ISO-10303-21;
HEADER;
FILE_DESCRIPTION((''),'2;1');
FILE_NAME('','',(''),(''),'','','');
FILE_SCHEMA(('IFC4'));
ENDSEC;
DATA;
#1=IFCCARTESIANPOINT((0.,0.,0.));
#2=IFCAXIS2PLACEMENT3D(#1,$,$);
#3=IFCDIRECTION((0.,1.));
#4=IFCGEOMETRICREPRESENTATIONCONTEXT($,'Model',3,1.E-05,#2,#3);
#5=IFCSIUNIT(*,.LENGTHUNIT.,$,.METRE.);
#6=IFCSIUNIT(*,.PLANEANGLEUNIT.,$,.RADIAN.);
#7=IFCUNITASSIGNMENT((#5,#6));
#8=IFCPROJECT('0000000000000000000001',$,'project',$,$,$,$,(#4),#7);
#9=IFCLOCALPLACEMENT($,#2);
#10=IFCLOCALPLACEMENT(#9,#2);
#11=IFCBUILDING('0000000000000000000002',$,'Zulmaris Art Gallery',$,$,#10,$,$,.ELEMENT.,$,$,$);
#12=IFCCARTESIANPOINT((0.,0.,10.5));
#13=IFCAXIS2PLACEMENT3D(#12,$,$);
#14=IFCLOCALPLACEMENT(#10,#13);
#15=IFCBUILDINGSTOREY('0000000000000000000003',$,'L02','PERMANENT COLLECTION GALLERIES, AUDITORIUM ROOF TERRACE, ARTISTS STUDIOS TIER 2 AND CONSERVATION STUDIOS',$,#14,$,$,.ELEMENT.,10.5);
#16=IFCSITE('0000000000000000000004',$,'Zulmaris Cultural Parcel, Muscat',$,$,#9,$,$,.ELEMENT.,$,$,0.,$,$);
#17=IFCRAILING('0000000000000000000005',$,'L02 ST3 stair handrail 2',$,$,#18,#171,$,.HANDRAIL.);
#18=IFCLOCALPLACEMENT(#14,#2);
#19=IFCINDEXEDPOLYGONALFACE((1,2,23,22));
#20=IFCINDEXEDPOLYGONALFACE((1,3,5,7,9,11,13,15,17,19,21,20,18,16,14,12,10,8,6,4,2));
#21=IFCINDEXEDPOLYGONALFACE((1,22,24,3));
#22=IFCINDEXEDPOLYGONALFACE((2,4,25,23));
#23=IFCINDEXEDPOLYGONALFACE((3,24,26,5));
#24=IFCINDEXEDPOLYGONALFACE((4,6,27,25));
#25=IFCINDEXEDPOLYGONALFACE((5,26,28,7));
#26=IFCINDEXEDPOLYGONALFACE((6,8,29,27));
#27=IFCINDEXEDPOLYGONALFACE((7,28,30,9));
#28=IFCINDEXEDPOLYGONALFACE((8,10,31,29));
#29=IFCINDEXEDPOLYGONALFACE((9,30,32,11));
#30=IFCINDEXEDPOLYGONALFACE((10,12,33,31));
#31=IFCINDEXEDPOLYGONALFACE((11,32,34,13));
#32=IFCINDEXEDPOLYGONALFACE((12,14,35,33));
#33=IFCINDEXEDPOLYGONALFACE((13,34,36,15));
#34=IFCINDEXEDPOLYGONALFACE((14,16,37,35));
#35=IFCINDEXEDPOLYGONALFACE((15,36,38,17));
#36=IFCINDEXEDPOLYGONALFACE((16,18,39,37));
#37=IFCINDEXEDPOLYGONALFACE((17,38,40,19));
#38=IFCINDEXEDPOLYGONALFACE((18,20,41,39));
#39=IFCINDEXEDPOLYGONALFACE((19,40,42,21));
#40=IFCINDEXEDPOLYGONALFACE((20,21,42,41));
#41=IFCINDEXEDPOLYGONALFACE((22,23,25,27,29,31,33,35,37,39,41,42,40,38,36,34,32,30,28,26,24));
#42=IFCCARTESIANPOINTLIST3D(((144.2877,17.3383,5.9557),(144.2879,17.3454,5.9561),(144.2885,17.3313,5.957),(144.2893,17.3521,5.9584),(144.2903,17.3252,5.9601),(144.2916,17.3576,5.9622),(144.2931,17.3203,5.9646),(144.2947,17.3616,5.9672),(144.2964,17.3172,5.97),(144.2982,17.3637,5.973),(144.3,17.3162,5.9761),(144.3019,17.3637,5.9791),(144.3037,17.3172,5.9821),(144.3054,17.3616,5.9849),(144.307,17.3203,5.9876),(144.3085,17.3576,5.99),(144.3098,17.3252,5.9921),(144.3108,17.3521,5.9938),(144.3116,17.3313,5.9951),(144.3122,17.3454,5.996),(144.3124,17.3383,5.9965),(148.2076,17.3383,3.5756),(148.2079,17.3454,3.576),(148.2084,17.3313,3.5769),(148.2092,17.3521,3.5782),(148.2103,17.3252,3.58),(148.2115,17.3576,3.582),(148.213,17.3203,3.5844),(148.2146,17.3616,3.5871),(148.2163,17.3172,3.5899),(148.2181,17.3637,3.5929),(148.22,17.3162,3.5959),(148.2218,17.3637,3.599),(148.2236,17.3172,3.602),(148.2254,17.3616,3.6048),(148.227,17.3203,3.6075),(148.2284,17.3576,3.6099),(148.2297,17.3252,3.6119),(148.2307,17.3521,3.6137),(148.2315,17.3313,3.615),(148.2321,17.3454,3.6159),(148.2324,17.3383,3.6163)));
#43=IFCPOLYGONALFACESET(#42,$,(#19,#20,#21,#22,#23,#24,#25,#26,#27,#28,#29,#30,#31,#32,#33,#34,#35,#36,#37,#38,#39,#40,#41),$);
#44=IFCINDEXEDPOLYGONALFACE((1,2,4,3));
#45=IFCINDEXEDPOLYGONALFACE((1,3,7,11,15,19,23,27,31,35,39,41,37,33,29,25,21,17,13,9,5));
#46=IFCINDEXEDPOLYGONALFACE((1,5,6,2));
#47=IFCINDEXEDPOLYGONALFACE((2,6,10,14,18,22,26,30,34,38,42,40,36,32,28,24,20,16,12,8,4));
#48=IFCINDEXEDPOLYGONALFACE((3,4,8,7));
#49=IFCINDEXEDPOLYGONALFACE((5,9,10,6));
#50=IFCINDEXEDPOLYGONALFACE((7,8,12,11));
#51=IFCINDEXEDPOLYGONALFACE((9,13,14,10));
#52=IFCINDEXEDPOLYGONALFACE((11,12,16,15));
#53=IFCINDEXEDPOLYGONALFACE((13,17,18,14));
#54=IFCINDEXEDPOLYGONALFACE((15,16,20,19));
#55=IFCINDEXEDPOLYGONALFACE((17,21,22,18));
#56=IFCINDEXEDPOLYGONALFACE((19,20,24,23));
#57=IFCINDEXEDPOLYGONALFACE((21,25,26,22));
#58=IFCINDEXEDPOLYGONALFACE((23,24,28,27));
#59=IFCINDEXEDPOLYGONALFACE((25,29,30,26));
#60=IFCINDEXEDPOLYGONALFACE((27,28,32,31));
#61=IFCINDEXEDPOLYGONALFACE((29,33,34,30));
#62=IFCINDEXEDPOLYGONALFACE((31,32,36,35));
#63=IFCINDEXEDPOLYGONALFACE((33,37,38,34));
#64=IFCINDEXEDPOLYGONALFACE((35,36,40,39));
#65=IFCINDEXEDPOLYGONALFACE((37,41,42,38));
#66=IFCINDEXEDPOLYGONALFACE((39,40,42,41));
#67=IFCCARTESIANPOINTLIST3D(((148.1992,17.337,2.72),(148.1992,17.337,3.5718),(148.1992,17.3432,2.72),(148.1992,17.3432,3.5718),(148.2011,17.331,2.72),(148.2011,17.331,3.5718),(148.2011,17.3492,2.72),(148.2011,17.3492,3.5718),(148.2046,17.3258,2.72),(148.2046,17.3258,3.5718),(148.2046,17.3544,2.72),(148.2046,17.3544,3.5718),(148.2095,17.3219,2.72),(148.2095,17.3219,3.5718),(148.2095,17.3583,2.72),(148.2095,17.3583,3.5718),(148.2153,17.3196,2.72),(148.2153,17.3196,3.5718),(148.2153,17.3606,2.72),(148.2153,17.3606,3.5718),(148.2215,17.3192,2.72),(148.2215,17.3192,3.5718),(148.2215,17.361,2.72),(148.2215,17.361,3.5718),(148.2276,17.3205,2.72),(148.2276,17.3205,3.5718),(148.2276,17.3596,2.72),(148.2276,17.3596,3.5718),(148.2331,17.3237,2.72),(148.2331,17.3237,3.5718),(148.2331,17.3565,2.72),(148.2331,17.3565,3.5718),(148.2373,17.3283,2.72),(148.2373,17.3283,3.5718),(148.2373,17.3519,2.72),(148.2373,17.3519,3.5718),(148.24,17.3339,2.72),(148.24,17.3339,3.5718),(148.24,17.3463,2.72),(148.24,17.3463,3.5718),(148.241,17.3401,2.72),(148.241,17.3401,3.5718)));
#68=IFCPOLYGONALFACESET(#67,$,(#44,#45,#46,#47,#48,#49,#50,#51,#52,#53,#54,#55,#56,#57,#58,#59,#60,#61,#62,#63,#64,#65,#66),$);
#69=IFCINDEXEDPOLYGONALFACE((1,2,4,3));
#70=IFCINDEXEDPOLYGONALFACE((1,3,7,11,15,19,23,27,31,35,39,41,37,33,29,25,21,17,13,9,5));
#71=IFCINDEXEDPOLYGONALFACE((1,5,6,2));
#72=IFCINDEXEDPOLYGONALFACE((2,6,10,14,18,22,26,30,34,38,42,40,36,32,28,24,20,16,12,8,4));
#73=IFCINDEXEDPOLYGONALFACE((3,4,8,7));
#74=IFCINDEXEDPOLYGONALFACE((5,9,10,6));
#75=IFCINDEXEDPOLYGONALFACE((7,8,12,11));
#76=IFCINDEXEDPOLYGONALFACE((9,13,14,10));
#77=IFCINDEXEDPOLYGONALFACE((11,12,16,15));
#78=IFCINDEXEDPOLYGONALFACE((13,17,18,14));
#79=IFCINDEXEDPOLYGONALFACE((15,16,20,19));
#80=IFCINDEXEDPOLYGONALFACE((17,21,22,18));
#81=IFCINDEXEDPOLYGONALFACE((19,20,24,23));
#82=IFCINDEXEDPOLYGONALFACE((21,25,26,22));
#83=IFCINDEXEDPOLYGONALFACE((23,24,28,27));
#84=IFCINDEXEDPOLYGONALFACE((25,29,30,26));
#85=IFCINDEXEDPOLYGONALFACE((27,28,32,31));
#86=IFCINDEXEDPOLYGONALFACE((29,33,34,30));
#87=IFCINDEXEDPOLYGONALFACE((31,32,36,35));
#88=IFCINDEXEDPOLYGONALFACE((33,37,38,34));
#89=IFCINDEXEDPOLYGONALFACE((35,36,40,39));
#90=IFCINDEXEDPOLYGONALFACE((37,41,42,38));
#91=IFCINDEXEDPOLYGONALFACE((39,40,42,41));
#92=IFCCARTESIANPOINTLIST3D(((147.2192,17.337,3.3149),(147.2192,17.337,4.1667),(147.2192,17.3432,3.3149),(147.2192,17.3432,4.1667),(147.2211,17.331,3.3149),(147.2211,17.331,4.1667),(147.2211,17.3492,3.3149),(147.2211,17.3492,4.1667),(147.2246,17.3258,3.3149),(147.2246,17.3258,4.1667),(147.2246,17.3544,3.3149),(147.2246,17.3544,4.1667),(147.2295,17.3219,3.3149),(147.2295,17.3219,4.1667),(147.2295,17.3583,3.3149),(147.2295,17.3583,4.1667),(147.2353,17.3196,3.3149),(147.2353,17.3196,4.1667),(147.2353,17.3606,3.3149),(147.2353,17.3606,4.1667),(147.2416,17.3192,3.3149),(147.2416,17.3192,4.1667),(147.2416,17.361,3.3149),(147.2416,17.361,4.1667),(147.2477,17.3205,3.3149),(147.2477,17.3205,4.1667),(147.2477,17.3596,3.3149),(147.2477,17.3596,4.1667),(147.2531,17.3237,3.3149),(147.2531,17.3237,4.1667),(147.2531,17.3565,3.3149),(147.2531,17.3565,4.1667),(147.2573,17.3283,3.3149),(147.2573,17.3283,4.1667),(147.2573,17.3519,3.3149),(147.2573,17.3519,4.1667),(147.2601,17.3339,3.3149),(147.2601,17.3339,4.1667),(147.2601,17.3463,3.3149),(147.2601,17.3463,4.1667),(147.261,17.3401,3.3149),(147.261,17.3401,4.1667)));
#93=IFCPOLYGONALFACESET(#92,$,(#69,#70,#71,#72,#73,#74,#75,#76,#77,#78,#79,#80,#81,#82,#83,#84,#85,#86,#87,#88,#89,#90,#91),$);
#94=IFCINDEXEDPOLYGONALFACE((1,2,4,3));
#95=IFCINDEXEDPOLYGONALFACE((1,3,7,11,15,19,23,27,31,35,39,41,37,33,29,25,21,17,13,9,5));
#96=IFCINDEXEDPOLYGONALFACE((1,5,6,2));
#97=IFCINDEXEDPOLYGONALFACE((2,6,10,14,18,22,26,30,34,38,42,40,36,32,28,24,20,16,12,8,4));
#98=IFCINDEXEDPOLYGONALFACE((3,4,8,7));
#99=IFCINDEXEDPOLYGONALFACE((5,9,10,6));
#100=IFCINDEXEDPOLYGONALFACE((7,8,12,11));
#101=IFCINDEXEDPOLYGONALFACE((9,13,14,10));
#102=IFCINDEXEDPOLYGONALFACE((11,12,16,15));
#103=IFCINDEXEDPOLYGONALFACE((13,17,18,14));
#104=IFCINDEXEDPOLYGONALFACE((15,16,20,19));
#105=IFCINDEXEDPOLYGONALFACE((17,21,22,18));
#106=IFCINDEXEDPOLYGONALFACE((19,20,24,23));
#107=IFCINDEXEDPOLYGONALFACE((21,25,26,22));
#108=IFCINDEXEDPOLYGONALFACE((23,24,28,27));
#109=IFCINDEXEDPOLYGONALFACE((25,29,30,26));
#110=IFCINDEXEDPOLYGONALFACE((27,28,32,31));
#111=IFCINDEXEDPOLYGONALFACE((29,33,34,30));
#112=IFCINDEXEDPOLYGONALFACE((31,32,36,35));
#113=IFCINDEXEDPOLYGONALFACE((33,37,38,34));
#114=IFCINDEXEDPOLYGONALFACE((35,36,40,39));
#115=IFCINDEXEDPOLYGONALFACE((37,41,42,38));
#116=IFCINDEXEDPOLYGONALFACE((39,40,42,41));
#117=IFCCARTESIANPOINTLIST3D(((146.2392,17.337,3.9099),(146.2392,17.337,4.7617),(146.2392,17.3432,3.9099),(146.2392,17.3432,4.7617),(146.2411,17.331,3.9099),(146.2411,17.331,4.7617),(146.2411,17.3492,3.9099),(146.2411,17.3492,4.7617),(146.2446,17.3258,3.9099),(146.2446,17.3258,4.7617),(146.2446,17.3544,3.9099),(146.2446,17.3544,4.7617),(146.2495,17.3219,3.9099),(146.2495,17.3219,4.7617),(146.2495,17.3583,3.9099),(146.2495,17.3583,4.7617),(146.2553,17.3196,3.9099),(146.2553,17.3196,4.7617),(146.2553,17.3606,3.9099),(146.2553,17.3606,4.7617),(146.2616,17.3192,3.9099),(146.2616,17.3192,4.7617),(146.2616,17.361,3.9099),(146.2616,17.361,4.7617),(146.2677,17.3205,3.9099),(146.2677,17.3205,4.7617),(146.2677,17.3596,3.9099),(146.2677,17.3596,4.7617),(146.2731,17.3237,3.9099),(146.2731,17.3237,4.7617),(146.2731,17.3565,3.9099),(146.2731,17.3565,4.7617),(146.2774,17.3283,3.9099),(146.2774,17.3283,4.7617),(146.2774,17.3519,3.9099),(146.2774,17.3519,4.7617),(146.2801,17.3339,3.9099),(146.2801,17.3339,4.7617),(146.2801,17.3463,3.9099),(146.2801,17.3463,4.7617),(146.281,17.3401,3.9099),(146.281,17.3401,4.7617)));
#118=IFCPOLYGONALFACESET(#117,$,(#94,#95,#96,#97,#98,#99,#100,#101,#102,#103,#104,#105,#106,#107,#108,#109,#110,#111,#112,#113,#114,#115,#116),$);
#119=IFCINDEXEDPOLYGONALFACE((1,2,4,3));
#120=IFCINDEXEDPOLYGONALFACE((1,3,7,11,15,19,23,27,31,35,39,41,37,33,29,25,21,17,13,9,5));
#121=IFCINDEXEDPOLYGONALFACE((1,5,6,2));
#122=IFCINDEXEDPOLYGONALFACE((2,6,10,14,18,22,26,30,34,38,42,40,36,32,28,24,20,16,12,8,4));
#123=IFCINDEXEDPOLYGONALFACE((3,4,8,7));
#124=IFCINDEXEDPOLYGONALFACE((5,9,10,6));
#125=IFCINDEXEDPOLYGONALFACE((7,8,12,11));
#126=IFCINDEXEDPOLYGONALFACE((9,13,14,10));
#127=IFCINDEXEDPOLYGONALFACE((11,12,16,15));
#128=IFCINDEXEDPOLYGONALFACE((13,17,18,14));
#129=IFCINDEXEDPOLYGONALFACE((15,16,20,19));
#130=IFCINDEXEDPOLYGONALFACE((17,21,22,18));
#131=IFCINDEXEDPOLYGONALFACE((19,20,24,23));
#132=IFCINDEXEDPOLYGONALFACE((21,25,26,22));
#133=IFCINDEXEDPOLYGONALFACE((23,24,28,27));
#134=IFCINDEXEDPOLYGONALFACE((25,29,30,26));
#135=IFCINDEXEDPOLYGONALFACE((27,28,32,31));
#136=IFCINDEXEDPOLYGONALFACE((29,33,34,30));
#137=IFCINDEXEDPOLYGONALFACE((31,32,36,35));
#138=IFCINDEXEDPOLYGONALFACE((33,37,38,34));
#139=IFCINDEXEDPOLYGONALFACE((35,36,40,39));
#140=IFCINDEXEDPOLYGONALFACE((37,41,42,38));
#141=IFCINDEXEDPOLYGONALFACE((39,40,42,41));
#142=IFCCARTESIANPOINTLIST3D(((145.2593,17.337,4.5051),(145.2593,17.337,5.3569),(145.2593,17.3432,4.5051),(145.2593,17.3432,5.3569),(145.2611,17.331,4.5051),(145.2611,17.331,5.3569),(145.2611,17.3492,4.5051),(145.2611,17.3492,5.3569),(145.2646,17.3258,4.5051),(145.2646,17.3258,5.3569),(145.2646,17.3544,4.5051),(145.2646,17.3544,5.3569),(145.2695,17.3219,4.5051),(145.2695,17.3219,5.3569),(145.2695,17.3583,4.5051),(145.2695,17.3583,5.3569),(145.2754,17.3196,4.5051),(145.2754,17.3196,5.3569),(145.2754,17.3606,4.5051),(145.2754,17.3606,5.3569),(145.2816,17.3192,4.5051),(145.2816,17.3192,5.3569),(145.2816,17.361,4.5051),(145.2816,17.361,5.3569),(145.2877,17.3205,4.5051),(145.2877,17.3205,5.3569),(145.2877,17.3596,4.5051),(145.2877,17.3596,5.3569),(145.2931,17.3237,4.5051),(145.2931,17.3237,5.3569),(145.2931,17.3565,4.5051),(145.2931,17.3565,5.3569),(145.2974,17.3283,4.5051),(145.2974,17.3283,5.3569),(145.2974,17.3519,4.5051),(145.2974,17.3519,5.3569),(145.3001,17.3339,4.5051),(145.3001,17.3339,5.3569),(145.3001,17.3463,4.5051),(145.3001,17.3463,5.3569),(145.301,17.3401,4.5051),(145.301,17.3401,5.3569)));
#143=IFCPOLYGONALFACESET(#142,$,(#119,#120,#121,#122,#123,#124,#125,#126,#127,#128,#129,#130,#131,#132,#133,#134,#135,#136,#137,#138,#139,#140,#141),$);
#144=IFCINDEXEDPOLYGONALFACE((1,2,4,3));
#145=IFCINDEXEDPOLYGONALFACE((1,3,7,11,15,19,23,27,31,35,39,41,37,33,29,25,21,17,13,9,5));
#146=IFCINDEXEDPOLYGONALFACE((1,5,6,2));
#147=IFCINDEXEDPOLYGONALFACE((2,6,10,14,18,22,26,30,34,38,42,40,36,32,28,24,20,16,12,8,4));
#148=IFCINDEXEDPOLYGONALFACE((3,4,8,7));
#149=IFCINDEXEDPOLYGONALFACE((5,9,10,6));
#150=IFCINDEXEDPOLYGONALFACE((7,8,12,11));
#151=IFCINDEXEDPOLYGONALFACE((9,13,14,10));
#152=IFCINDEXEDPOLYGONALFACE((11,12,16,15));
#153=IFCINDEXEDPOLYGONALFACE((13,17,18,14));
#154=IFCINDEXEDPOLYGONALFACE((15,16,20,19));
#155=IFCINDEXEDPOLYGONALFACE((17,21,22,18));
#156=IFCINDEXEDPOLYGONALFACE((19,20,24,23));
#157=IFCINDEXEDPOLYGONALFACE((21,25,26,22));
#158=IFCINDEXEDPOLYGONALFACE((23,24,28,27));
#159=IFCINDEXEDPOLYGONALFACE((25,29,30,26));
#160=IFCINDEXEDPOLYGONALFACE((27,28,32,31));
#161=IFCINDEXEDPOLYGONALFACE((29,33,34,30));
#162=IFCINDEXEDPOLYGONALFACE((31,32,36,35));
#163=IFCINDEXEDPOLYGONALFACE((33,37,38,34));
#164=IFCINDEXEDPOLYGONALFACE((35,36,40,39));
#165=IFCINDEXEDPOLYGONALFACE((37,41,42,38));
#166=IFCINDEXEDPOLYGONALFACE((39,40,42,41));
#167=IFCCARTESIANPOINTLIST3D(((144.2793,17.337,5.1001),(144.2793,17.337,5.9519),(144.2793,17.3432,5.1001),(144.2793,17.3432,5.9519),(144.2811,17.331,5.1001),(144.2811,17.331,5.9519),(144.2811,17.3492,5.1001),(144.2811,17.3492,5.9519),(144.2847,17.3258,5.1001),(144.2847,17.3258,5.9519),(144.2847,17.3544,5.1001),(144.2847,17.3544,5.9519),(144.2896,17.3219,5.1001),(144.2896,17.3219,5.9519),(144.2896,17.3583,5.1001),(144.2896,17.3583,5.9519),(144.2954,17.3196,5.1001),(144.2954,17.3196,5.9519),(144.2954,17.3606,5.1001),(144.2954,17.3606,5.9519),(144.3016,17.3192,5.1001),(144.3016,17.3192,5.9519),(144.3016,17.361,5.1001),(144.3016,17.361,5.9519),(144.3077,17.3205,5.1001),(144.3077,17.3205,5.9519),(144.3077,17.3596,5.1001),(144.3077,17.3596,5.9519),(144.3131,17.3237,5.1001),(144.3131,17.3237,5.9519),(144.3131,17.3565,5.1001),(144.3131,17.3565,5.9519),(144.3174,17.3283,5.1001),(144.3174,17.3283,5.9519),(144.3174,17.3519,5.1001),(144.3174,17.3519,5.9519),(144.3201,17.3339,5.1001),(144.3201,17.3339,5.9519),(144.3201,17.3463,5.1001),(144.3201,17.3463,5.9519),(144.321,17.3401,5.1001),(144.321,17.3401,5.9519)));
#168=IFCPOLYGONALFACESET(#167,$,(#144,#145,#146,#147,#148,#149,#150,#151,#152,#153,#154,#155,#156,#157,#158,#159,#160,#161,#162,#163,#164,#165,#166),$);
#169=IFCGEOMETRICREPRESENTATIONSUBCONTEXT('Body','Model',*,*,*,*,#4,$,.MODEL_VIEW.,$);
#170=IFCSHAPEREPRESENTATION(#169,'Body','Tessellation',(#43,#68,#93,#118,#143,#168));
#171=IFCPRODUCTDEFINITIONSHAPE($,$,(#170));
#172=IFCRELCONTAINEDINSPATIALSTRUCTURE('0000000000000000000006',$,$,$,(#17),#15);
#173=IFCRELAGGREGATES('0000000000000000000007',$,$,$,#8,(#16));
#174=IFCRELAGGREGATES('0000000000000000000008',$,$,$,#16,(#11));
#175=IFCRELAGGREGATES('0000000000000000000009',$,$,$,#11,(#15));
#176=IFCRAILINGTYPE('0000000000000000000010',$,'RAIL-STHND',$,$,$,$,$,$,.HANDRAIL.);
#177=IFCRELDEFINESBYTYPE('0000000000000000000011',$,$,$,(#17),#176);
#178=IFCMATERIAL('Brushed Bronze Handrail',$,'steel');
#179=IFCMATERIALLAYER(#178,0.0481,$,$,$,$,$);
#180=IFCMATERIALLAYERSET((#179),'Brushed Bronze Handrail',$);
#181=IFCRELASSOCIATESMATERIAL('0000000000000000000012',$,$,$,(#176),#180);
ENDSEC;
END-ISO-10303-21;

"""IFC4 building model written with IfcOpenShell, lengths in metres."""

from ifc_helpers import new_model, si_unit, direction, frame, origin, origin_2d, place, context, subcontext, project, spatial, circle, extrude, material, layer, layer_set, type_object, element, save


model = new_model("IFC4")

# Units and contexts
model_context = context("Model", 3, precision=1e-05, world=origin(), true_north=direction((0.0, 1.0)))
body_context = subcontext(model_context, "Body", "Model", "MODEL_VIEW")
ifc_project = project(units=[si_unit("LENGTHUNIT", "METRE"), si_unit("PLANEANGLEUNIT", "RADIAN")], contexts=[model_context])

# Site, building, storey
site_placement = place(None, origin())
site = spatial("IfcSite", under=ifc_project, at=site_placement, Name="Zulmaris Cultural Parcel, Muscat", CompositionType="ELEMENT", RefElevation=0.0)
building_placement = place(site_placement, origin())
building = spatial("IfcBuilding", under=site, at=building_placement, Name="Zulmaris Art Gallery", CompositionType="ELEMENT")
storey_placement = place(building_placement, frame((0.0, 0.0, 10.5)))
storey = spatial("IfcBuildingStorey", under=building, at=storey_placement, Name="L02", Description="PERMANENT COLLECTION GALLERIES, AUDITORIUM ROOF TERRACE, ARTISTS STUDIOS TIER 2 AND CONSERVATION STUDIOS", CompositionType="ELEMENT", Elevation=10.5)

# Railing
ifc_material_1 = material(Name="Brushed Bronze Handrail", Category="steel")
ifc_layer_1 = layer(ifc_material_1, 0.0481)
ifc_layer_set_1 = layer_set([ifc_layer_1], Name="Brushed Bronze Handrail")
railing_type = type_object("IfcRailingType", Name="RAIL-STHND", PredefinedType="HANDRAIL", material=ifc_layer_set_1)
railing_placement = place(storey_placement, frame((148.22, 17.3401, 2.72)))
element("IfcRailing", 1, at=railing_placement, inside=storey, type_object=railing_type, Name="L02 ST3 stair handrail 2", PredefinedType="HANDRAIL", context=body_context, shape_type="SweptSolid", body=[
    extrude(circle(Radius=0.0239, at=origin_2d()), frame((0.0, 0.0, 0.876), z_axis=(-0.854771, 0.0, 0.519006), x_axis=(0.0, -1.0, 0.0)), (0.0, 0.0, 1.0), 4.5859),
    extrude(circle(Radius=0.021, at=origin_2d()), origin(), (0.0, 0.0, 1.0), 0.8518),
    extrude(circle(Radius=0.021, at=origin_2d()), frame((-0.98, 0.0, 0.595)), (0.0, 0.0, 1.0), 0.8518),
    extrude(circle(Radius=0.021, at=origin_2d()), frame((-1.96, 0.0, 1.1899)), (0.0, 0.0, 1.0), 0.8518),
    extrude(circle(Radius=0.021, at=origin_2d()), frame((-2.9399, 0.0, 1.7852)), (0.0, 0.0, 1.0), 0.8518),
    extrude(circle(Radius=0.021, at=origin_2d()), frame((-3.9199, 0.0, 2.3801)), (0.0, 0.0, 1.0), 0.8518),
])

save(model, "model.ifc")
